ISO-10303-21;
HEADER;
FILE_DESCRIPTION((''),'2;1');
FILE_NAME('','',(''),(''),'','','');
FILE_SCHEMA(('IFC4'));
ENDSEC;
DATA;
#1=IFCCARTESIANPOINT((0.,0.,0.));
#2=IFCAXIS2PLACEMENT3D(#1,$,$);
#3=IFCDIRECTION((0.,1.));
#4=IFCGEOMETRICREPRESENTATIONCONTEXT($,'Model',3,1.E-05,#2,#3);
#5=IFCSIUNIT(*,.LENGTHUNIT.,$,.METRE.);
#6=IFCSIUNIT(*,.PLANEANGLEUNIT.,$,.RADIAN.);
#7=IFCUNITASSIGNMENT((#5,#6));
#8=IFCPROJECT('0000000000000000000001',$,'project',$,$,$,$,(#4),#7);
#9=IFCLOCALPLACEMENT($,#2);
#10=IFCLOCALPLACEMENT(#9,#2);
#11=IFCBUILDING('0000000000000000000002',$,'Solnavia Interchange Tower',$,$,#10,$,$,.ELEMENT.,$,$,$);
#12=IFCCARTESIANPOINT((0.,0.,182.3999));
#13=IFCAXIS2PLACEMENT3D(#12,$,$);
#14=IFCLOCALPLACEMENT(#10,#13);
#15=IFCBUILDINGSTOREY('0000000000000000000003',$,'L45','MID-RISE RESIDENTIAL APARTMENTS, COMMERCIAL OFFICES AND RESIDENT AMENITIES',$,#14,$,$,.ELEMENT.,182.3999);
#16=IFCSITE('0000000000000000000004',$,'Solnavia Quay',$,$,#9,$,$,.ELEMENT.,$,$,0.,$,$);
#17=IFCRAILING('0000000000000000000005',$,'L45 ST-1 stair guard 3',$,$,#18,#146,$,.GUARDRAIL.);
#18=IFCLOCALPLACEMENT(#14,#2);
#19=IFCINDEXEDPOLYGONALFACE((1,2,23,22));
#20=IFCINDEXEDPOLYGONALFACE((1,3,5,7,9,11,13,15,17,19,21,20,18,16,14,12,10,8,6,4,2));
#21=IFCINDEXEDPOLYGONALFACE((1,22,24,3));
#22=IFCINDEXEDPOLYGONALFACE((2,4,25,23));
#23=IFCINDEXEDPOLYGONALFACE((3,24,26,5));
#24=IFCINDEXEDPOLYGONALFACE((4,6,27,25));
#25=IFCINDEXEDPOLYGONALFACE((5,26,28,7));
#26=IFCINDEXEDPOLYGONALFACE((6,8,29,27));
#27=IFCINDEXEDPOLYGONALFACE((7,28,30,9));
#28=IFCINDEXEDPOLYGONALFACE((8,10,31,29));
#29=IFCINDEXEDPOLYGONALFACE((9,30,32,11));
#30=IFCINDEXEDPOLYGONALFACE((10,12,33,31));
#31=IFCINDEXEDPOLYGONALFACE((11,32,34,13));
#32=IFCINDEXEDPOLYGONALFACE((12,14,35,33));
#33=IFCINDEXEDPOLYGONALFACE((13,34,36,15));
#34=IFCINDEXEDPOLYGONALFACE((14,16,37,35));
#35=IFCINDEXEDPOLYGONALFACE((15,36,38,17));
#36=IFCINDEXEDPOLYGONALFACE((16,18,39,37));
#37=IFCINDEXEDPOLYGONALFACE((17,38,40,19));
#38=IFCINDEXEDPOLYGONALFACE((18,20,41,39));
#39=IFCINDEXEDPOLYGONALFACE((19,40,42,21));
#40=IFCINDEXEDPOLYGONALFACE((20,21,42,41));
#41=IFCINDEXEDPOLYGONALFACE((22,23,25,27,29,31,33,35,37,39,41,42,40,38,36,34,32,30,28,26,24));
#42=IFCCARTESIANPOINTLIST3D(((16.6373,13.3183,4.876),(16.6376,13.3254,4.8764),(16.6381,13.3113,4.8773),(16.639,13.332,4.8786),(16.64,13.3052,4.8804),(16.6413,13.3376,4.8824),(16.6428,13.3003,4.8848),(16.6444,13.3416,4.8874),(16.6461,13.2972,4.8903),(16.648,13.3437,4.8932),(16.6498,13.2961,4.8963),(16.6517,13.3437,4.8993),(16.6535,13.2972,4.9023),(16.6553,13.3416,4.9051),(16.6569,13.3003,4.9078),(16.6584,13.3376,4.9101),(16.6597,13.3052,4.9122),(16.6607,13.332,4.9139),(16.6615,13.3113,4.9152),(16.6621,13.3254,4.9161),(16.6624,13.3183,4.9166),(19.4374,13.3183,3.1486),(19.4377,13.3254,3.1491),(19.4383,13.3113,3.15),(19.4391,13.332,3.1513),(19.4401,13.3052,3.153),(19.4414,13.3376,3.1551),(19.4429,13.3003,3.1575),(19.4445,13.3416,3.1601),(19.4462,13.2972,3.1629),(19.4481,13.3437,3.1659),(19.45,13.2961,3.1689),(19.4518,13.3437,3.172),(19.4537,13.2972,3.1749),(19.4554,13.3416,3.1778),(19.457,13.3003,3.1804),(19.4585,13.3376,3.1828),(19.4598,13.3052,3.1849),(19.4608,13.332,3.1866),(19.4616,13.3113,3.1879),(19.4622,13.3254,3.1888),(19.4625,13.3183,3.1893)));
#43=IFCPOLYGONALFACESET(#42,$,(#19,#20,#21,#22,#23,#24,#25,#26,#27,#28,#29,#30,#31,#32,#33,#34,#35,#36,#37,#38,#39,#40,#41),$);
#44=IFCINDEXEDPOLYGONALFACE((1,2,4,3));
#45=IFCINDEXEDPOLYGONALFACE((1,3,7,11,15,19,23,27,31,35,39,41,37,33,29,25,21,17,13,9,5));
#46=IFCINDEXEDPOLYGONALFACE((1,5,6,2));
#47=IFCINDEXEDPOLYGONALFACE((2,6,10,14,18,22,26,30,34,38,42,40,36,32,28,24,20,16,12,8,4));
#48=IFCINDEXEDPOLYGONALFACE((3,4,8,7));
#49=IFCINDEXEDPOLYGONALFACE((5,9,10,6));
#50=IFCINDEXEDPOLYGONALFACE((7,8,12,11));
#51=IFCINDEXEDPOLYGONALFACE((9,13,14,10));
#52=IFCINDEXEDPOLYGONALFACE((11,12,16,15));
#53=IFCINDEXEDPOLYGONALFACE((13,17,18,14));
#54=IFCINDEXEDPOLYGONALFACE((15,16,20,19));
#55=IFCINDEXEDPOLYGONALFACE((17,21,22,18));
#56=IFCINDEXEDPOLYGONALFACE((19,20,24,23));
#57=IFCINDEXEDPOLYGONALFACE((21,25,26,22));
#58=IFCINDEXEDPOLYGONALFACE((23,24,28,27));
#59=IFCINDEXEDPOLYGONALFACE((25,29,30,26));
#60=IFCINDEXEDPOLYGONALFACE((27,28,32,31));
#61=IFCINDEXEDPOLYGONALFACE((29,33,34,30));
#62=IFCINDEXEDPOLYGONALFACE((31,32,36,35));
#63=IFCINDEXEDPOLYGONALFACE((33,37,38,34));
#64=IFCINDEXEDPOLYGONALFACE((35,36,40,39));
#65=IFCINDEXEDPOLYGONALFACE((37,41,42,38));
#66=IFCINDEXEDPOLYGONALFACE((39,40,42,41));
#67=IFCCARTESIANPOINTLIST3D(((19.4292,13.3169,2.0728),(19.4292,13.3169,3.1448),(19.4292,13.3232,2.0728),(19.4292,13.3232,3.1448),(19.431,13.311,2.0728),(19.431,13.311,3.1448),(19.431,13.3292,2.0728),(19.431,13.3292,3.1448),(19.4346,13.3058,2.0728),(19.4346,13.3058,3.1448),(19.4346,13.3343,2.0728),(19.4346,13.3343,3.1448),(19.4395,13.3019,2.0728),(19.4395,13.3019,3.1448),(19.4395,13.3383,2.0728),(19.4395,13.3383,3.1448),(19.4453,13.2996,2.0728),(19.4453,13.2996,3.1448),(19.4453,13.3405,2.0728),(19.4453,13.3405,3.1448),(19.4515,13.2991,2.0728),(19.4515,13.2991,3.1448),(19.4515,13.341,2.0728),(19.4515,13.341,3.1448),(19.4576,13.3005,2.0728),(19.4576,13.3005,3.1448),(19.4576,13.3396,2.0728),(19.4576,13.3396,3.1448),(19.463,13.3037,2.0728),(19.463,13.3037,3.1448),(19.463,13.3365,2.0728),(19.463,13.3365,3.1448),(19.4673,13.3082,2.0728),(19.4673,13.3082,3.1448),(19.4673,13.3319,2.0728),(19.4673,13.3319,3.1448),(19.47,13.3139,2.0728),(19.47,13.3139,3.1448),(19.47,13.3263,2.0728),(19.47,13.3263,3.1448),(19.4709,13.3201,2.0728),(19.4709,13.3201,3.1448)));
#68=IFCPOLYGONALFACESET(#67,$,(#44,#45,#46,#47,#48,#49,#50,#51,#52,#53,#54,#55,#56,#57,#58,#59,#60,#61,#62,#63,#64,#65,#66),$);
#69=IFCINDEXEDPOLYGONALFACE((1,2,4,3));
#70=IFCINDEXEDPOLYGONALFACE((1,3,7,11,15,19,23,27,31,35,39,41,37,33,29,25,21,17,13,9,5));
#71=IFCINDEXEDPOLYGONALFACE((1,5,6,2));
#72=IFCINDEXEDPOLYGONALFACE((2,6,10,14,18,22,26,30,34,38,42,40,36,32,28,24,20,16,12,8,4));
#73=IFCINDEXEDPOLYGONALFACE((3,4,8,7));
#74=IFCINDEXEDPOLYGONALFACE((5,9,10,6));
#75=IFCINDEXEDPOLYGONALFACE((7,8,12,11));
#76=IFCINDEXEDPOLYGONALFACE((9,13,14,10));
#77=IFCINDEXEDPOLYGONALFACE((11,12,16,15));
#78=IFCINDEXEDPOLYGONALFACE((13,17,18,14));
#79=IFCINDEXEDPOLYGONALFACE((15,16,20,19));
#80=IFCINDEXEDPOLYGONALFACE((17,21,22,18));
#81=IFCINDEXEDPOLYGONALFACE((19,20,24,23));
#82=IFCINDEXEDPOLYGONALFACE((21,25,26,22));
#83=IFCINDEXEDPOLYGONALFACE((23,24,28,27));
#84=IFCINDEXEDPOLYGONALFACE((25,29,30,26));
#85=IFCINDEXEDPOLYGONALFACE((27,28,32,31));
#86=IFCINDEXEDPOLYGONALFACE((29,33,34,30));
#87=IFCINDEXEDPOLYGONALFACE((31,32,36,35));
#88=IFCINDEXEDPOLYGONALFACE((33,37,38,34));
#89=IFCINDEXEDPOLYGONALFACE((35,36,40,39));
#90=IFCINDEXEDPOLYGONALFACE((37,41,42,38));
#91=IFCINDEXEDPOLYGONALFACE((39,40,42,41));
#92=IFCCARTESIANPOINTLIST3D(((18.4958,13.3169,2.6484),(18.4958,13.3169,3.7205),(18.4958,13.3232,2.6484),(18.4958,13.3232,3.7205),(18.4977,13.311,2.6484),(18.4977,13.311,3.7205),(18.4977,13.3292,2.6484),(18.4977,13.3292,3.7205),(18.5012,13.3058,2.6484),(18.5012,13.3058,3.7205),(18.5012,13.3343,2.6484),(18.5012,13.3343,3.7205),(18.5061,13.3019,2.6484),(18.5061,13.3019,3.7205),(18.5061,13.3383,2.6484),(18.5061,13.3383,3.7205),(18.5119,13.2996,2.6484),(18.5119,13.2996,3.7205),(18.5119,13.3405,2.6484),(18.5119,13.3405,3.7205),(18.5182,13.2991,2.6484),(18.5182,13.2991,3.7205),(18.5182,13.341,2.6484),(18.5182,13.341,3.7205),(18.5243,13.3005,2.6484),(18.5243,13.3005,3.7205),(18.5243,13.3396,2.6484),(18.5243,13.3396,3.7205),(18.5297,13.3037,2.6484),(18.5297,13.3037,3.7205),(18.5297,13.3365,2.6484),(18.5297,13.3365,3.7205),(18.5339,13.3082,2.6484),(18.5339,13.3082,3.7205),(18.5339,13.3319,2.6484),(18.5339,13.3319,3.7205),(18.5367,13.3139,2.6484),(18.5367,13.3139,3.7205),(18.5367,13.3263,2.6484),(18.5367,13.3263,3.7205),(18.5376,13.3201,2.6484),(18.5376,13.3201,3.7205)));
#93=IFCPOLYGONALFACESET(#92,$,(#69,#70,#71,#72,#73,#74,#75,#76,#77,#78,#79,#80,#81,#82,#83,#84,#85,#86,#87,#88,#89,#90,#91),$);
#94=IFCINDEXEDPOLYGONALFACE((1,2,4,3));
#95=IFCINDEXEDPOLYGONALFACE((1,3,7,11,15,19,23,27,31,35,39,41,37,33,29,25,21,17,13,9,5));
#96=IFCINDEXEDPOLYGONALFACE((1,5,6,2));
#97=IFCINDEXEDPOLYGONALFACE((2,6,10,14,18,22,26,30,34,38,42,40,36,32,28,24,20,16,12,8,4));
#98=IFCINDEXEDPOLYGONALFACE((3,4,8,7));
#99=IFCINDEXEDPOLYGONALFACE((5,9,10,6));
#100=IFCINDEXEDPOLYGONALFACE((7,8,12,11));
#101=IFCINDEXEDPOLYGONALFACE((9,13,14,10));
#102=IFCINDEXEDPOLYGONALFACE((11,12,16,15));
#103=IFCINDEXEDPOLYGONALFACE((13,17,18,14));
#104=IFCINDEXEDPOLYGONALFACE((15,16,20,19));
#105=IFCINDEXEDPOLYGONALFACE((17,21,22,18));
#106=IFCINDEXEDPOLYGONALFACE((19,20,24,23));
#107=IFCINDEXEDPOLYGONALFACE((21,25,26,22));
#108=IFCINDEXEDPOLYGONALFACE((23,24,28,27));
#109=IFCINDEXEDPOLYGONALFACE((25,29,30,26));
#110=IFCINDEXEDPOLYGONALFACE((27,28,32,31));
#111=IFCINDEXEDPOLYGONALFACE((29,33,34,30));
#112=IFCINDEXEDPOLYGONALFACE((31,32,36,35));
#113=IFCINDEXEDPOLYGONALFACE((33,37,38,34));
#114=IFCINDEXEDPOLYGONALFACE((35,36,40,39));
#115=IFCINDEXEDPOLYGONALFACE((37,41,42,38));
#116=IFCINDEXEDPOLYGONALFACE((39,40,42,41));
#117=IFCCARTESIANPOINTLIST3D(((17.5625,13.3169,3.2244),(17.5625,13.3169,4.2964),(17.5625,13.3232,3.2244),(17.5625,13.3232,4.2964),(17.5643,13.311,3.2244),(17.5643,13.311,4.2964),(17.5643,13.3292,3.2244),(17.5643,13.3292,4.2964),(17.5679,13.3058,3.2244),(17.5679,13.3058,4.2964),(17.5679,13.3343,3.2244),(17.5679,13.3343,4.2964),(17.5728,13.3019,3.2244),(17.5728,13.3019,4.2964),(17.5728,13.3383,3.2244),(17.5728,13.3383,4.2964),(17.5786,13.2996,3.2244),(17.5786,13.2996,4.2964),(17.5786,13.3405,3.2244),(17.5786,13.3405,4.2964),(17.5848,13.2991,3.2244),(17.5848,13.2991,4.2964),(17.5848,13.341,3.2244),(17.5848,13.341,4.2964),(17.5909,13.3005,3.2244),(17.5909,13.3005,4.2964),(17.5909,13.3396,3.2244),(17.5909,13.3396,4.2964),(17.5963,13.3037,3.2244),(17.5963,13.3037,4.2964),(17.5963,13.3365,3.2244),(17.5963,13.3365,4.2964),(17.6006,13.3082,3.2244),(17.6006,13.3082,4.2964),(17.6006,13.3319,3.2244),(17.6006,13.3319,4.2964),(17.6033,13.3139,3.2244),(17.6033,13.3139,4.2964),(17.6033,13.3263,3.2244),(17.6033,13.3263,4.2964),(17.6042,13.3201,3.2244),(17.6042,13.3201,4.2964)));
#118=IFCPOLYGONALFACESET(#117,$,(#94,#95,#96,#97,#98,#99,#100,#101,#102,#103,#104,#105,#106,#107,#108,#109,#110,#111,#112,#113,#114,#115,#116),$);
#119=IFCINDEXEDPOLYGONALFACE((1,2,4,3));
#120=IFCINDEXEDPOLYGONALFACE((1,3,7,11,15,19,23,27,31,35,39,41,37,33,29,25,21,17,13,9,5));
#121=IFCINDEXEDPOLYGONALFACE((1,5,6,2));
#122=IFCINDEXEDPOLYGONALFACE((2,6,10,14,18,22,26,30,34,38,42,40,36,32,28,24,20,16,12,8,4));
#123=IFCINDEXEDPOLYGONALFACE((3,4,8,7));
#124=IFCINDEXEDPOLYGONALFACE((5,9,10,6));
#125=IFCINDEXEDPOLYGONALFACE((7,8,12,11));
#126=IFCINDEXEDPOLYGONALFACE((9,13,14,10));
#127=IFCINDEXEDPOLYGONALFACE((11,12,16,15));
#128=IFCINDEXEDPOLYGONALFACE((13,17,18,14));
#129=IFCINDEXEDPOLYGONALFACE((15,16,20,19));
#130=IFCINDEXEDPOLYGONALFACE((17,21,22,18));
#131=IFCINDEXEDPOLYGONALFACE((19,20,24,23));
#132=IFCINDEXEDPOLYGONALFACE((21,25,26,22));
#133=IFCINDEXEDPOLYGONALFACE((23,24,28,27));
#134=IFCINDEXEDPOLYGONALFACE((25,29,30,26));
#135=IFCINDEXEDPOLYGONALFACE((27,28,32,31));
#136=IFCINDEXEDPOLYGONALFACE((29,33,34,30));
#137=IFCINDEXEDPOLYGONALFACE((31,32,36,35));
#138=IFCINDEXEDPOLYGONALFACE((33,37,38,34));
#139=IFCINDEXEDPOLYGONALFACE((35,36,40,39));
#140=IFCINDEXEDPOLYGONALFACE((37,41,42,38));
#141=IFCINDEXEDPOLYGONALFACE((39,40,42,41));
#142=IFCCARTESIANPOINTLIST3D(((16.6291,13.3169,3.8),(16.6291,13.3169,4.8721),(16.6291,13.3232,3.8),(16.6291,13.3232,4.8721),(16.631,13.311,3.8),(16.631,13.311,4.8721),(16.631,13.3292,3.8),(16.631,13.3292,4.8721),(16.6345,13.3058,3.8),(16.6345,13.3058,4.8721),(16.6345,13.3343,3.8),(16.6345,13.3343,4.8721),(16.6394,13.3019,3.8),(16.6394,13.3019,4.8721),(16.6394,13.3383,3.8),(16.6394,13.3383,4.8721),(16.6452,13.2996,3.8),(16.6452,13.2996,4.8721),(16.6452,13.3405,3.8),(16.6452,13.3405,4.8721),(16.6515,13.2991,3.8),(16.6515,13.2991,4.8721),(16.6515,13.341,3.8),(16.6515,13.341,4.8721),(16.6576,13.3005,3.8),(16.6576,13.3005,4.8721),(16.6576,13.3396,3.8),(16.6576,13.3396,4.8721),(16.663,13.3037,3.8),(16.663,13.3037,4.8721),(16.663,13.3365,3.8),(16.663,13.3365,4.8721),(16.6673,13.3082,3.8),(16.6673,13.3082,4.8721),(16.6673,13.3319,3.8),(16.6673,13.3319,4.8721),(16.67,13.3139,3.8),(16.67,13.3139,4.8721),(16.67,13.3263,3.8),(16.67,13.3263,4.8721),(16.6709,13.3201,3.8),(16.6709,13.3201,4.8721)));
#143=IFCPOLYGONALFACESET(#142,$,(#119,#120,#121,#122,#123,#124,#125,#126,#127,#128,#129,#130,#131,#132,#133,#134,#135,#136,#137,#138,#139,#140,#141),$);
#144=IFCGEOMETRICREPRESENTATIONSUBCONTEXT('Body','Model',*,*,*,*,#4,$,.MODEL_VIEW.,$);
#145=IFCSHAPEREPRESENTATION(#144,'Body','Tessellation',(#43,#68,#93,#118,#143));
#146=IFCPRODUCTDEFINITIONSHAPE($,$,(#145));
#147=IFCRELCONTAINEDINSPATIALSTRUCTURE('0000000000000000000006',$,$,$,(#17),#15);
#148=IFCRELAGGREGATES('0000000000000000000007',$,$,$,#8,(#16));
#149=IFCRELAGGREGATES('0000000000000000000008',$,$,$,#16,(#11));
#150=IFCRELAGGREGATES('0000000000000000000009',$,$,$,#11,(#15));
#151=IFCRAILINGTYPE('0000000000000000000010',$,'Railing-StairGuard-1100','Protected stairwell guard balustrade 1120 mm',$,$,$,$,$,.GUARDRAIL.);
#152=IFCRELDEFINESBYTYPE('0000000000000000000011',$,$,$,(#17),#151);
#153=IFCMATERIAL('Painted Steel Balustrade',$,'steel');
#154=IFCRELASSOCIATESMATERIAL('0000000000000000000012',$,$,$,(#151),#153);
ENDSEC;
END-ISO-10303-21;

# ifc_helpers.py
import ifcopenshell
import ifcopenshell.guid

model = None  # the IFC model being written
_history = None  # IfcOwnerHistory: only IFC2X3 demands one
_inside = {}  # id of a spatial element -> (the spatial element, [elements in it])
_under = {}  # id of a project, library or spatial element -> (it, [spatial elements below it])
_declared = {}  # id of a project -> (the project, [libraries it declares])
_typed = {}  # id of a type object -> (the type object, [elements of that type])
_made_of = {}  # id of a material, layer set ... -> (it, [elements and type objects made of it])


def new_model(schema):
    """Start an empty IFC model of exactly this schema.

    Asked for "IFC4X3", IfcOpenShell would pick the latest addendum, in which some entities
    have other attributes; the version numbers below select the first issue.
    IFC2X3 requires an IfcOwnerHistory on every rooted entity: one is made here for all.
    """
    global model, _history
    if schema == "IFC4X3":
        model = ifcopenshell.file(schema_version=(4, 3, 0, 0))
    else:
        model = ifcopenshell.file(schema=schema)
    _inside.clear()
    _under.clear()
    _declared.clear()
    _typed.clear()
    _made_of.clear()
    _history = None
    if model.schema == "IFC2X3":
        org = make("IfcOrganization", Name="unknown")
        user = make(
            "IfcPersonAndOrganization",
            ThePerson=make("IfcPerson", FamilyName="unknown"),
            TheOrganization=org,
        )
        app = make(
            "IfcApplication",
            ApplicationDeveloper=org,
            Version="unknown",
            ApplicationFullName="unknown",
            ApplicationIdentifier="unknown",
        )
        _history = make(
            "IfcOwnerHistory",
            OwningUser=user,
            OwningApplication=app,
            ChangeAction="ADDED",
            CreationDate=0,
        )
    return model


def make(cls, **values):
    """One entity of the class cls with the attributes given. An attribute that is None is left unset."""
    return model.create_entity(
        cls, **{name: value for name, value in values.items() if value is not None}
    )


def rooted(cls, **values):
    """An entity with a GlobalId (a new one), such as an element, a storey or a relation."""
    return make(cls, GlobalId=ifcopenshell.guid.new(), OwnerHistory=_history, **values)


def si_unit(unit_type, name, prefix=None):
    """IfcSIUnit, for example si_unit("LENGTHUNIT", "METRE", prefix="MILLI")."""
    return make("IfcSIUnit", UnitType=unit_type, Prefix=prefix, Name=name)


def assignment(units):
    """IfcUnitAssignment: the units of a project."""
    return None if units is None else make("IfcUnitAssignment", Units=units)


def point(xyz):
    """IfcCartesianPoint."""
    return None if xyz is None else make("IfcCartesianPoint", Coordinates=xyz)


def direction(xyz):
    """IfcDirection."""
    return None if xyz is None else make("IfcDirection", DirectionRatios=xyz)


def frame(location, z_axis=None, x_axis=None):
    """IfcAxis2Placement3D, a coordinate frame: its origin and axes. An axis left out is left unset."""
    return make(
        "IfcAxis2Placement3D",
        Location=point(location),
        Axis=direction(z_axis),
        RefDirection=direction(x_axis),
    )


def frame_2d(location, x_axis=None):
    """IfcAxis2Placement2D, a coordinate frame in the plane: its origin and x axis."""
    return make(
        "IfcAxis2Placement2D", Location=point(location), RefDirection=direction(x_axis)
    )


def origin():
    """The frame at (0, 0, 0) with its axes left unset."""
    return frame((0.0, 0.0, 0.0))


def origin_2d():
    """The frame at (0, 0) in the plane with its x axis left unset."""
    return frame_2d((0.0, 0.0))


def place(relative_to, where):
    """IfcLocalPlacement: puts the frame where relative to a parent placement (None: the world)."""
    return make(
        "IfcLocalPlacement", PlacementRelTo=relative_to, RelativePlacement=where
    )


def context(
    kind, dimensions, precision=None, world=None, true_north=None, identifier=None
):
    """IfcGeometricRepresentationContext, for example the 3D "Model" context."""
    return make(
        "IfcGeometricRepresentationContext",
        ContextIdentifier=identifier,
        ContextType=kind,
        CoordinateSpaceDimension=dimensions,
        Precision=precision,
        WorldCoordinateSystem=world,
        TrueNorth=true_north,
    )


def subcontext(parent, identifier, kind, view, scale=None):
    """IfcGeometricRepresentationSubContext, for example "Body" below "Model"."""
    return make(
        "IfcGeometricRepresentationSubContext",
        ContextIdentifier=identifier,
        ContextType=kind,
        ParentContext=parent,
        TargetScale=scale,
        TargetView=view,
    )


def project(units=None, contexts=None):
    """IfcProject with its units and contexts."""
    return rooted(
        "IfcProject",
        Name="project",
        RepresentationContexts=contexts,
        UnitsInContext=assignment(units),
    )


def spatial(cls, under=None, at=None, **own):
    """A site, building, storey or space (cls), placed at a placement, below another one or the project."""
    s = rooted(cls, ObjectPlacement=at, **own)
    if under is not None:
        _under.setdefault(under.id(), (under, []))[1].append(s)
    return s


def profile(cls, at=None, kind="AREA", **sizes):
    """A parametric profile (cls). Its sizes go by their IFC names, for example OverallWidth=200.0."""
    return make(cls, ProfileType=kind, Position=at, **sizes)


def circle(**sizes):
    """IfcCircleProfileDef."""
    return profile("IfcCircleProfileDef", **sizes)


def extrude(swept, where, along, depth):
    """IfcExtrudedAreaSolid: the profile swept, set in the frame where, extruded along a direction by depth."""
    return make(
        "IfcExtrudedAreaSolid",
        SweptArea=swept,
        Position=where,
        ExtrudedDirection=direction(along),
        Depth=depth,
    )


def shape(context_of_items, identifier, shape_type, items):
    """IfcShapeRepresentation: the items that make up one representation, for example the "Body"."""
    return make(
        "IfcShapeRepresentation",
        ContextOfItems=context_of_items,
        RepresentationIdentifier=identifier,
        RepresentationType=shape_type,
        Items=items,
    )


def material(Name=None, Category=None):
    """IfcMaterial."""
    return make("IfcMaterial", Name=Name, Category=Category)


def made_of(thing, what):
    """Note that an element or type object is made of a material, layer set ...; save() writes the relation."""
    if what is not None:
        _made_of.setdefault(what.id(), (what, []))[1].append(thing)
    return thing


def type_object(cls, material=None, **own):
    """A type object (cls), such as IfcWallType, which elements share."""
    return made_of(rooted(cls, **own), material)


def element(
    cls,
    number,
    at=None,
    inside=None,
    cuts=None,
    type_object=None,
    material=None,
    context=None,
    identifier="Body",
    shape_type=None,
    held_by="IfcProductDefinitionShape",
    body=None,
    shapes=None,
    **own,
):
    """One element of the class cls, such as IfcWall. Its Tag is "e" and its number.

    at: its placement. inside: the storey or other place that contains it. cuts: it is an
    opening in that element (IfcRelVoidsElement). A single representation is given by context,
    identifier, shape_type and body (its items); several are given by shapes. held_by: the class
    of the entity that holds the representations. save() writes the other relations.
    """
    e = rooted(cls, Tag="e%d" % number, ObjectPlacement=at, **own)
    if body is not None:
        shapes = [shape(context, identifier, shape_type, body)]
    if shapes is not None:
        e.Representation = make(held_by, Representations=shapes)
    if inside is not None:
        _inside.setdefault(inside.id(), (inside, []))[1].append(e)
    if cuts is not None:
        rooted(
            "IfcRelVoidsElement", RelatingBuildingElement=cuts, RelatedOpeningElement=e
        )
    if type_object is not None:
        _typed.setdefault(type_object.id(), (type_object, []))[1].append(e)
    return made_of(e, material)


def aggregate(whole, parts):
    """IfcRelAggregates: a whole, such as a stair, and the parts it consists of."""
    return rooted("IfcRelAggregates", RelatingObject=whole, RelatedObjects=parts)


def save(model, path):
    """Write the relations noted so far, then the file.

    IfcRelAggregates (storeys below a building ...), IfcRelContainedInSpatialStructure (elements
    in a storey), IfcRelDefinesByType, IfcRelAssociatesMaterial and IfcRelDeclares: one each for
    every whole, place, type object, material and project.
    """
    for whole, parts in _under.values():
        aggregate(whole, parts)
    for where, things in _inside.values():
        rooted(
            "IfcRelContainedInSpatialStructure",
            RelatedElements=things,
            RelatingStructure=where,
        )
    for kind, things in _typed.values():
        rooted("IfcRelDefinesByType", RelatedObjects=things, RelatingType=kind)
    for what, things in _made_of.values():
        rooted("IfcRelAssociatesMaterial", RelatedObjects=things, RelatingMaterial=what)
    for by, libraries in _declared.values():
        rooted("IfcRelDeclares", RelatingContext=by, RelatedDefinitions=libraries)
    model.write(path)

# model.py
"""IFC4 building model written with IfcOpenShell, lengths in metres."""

from ifc_helpers import new_model, si_unit, direction, frame, origin, origin_2d, place, context, subcontext, project, spatial, circle, extrude, material, type_object, element, save


model = new_model("IFC4")

# Units and contexts
model_context = context("Model", 3, precision=1e-05, world=origin(), true_north=direction((0.0, 1.0)))
body_context = subcontext(model_context, "Body", "Model", "MODEL_VIEW")
ifc_project = project(units=[si_unit("LENGTHUNIT", "METRE"), si_unit("PLANEANGLEUNIT", "RADIAN")], contexts=[model_context])

# Site, building, storey
site_placement = place(None, origin())
site = spatial("IfcSite", under=ifc_project, at=site_placement, Name="Solnavia Quay", CompositionType="ELEMENT", RefElevation=0.0)
building_placement = place(site_placement, origin())
building = spatial("IfcBuilding", under=site, at=building_placement, Name="Solnavia Interchange Tower", CompositionType="ELEMENT")
storey_placement = place(building_placement, frame((0.0, 0.0, 182.3999)))
storey = spatial("IfcBuildingStorey", under=building, at=storey_placement, Name="L45", Description="MID-RISE RESIDENTIAL APARTMENTS, COMMERCIAL OFFICES AND RESIDENT AMENITIES", CompositionType="ELEMENT", Elevation=182.3999)

# Railing
ifc_material_1 = material(Name="Painted Steel Balustrade", Category="steel")
railing_type_1 = type_object("IfcRailingType", Name="Railing-StairGuard-1100", Description="Protected stairwell guard balustrade 1120 mm", PredefinedType="GUARDRAIL", material=ifc_material_1)
railing_1_placement = place(storey_placement, frame((19.45, 13.3201, 2.0728)))
element("IfcRailing", 1, at=railing_1_placement, inside=storey, type_object=railing_type_1, Name="L45 ST-1 stair guard 3", PredefinedType="GUARDRAIL", context=body_context, shape_type="SweptSolid", body=[
    extrude(circle(Radius=0.0239, at=origin_2d()), frame((0.0, 0.0, 1.0962), z_axis=(-0.85109, 0.0, 0.52502), x_axis=(0.0, -1.0, 0.0)), (0.0, 0.0, 1.0), 3.29),
    extrude(circle(Radius=0.021, at=origin_2d()), origin(), (0.0, 0.0, 1.0), 1.072),
    extrude(circle(Radius=0.021, at=origin_2d()), frame((-0.9333, 0.0, 0.5757)), (0.0, 0.0, 1.0), 1.072),
    extrude(circle(Radius=0.021, at=origin_2d()), frame((-1.8667, 0.0, 1.1516)), (0.0, 0.0, 1.0), 1.072),
    extrude(circle(Radius=0.021, at=origin_2d()), frame((-2.8, 0.0, 1.7273)), (0.0, 0.0, 1.0), 1.072),
])

save(model, "model.ifc")
